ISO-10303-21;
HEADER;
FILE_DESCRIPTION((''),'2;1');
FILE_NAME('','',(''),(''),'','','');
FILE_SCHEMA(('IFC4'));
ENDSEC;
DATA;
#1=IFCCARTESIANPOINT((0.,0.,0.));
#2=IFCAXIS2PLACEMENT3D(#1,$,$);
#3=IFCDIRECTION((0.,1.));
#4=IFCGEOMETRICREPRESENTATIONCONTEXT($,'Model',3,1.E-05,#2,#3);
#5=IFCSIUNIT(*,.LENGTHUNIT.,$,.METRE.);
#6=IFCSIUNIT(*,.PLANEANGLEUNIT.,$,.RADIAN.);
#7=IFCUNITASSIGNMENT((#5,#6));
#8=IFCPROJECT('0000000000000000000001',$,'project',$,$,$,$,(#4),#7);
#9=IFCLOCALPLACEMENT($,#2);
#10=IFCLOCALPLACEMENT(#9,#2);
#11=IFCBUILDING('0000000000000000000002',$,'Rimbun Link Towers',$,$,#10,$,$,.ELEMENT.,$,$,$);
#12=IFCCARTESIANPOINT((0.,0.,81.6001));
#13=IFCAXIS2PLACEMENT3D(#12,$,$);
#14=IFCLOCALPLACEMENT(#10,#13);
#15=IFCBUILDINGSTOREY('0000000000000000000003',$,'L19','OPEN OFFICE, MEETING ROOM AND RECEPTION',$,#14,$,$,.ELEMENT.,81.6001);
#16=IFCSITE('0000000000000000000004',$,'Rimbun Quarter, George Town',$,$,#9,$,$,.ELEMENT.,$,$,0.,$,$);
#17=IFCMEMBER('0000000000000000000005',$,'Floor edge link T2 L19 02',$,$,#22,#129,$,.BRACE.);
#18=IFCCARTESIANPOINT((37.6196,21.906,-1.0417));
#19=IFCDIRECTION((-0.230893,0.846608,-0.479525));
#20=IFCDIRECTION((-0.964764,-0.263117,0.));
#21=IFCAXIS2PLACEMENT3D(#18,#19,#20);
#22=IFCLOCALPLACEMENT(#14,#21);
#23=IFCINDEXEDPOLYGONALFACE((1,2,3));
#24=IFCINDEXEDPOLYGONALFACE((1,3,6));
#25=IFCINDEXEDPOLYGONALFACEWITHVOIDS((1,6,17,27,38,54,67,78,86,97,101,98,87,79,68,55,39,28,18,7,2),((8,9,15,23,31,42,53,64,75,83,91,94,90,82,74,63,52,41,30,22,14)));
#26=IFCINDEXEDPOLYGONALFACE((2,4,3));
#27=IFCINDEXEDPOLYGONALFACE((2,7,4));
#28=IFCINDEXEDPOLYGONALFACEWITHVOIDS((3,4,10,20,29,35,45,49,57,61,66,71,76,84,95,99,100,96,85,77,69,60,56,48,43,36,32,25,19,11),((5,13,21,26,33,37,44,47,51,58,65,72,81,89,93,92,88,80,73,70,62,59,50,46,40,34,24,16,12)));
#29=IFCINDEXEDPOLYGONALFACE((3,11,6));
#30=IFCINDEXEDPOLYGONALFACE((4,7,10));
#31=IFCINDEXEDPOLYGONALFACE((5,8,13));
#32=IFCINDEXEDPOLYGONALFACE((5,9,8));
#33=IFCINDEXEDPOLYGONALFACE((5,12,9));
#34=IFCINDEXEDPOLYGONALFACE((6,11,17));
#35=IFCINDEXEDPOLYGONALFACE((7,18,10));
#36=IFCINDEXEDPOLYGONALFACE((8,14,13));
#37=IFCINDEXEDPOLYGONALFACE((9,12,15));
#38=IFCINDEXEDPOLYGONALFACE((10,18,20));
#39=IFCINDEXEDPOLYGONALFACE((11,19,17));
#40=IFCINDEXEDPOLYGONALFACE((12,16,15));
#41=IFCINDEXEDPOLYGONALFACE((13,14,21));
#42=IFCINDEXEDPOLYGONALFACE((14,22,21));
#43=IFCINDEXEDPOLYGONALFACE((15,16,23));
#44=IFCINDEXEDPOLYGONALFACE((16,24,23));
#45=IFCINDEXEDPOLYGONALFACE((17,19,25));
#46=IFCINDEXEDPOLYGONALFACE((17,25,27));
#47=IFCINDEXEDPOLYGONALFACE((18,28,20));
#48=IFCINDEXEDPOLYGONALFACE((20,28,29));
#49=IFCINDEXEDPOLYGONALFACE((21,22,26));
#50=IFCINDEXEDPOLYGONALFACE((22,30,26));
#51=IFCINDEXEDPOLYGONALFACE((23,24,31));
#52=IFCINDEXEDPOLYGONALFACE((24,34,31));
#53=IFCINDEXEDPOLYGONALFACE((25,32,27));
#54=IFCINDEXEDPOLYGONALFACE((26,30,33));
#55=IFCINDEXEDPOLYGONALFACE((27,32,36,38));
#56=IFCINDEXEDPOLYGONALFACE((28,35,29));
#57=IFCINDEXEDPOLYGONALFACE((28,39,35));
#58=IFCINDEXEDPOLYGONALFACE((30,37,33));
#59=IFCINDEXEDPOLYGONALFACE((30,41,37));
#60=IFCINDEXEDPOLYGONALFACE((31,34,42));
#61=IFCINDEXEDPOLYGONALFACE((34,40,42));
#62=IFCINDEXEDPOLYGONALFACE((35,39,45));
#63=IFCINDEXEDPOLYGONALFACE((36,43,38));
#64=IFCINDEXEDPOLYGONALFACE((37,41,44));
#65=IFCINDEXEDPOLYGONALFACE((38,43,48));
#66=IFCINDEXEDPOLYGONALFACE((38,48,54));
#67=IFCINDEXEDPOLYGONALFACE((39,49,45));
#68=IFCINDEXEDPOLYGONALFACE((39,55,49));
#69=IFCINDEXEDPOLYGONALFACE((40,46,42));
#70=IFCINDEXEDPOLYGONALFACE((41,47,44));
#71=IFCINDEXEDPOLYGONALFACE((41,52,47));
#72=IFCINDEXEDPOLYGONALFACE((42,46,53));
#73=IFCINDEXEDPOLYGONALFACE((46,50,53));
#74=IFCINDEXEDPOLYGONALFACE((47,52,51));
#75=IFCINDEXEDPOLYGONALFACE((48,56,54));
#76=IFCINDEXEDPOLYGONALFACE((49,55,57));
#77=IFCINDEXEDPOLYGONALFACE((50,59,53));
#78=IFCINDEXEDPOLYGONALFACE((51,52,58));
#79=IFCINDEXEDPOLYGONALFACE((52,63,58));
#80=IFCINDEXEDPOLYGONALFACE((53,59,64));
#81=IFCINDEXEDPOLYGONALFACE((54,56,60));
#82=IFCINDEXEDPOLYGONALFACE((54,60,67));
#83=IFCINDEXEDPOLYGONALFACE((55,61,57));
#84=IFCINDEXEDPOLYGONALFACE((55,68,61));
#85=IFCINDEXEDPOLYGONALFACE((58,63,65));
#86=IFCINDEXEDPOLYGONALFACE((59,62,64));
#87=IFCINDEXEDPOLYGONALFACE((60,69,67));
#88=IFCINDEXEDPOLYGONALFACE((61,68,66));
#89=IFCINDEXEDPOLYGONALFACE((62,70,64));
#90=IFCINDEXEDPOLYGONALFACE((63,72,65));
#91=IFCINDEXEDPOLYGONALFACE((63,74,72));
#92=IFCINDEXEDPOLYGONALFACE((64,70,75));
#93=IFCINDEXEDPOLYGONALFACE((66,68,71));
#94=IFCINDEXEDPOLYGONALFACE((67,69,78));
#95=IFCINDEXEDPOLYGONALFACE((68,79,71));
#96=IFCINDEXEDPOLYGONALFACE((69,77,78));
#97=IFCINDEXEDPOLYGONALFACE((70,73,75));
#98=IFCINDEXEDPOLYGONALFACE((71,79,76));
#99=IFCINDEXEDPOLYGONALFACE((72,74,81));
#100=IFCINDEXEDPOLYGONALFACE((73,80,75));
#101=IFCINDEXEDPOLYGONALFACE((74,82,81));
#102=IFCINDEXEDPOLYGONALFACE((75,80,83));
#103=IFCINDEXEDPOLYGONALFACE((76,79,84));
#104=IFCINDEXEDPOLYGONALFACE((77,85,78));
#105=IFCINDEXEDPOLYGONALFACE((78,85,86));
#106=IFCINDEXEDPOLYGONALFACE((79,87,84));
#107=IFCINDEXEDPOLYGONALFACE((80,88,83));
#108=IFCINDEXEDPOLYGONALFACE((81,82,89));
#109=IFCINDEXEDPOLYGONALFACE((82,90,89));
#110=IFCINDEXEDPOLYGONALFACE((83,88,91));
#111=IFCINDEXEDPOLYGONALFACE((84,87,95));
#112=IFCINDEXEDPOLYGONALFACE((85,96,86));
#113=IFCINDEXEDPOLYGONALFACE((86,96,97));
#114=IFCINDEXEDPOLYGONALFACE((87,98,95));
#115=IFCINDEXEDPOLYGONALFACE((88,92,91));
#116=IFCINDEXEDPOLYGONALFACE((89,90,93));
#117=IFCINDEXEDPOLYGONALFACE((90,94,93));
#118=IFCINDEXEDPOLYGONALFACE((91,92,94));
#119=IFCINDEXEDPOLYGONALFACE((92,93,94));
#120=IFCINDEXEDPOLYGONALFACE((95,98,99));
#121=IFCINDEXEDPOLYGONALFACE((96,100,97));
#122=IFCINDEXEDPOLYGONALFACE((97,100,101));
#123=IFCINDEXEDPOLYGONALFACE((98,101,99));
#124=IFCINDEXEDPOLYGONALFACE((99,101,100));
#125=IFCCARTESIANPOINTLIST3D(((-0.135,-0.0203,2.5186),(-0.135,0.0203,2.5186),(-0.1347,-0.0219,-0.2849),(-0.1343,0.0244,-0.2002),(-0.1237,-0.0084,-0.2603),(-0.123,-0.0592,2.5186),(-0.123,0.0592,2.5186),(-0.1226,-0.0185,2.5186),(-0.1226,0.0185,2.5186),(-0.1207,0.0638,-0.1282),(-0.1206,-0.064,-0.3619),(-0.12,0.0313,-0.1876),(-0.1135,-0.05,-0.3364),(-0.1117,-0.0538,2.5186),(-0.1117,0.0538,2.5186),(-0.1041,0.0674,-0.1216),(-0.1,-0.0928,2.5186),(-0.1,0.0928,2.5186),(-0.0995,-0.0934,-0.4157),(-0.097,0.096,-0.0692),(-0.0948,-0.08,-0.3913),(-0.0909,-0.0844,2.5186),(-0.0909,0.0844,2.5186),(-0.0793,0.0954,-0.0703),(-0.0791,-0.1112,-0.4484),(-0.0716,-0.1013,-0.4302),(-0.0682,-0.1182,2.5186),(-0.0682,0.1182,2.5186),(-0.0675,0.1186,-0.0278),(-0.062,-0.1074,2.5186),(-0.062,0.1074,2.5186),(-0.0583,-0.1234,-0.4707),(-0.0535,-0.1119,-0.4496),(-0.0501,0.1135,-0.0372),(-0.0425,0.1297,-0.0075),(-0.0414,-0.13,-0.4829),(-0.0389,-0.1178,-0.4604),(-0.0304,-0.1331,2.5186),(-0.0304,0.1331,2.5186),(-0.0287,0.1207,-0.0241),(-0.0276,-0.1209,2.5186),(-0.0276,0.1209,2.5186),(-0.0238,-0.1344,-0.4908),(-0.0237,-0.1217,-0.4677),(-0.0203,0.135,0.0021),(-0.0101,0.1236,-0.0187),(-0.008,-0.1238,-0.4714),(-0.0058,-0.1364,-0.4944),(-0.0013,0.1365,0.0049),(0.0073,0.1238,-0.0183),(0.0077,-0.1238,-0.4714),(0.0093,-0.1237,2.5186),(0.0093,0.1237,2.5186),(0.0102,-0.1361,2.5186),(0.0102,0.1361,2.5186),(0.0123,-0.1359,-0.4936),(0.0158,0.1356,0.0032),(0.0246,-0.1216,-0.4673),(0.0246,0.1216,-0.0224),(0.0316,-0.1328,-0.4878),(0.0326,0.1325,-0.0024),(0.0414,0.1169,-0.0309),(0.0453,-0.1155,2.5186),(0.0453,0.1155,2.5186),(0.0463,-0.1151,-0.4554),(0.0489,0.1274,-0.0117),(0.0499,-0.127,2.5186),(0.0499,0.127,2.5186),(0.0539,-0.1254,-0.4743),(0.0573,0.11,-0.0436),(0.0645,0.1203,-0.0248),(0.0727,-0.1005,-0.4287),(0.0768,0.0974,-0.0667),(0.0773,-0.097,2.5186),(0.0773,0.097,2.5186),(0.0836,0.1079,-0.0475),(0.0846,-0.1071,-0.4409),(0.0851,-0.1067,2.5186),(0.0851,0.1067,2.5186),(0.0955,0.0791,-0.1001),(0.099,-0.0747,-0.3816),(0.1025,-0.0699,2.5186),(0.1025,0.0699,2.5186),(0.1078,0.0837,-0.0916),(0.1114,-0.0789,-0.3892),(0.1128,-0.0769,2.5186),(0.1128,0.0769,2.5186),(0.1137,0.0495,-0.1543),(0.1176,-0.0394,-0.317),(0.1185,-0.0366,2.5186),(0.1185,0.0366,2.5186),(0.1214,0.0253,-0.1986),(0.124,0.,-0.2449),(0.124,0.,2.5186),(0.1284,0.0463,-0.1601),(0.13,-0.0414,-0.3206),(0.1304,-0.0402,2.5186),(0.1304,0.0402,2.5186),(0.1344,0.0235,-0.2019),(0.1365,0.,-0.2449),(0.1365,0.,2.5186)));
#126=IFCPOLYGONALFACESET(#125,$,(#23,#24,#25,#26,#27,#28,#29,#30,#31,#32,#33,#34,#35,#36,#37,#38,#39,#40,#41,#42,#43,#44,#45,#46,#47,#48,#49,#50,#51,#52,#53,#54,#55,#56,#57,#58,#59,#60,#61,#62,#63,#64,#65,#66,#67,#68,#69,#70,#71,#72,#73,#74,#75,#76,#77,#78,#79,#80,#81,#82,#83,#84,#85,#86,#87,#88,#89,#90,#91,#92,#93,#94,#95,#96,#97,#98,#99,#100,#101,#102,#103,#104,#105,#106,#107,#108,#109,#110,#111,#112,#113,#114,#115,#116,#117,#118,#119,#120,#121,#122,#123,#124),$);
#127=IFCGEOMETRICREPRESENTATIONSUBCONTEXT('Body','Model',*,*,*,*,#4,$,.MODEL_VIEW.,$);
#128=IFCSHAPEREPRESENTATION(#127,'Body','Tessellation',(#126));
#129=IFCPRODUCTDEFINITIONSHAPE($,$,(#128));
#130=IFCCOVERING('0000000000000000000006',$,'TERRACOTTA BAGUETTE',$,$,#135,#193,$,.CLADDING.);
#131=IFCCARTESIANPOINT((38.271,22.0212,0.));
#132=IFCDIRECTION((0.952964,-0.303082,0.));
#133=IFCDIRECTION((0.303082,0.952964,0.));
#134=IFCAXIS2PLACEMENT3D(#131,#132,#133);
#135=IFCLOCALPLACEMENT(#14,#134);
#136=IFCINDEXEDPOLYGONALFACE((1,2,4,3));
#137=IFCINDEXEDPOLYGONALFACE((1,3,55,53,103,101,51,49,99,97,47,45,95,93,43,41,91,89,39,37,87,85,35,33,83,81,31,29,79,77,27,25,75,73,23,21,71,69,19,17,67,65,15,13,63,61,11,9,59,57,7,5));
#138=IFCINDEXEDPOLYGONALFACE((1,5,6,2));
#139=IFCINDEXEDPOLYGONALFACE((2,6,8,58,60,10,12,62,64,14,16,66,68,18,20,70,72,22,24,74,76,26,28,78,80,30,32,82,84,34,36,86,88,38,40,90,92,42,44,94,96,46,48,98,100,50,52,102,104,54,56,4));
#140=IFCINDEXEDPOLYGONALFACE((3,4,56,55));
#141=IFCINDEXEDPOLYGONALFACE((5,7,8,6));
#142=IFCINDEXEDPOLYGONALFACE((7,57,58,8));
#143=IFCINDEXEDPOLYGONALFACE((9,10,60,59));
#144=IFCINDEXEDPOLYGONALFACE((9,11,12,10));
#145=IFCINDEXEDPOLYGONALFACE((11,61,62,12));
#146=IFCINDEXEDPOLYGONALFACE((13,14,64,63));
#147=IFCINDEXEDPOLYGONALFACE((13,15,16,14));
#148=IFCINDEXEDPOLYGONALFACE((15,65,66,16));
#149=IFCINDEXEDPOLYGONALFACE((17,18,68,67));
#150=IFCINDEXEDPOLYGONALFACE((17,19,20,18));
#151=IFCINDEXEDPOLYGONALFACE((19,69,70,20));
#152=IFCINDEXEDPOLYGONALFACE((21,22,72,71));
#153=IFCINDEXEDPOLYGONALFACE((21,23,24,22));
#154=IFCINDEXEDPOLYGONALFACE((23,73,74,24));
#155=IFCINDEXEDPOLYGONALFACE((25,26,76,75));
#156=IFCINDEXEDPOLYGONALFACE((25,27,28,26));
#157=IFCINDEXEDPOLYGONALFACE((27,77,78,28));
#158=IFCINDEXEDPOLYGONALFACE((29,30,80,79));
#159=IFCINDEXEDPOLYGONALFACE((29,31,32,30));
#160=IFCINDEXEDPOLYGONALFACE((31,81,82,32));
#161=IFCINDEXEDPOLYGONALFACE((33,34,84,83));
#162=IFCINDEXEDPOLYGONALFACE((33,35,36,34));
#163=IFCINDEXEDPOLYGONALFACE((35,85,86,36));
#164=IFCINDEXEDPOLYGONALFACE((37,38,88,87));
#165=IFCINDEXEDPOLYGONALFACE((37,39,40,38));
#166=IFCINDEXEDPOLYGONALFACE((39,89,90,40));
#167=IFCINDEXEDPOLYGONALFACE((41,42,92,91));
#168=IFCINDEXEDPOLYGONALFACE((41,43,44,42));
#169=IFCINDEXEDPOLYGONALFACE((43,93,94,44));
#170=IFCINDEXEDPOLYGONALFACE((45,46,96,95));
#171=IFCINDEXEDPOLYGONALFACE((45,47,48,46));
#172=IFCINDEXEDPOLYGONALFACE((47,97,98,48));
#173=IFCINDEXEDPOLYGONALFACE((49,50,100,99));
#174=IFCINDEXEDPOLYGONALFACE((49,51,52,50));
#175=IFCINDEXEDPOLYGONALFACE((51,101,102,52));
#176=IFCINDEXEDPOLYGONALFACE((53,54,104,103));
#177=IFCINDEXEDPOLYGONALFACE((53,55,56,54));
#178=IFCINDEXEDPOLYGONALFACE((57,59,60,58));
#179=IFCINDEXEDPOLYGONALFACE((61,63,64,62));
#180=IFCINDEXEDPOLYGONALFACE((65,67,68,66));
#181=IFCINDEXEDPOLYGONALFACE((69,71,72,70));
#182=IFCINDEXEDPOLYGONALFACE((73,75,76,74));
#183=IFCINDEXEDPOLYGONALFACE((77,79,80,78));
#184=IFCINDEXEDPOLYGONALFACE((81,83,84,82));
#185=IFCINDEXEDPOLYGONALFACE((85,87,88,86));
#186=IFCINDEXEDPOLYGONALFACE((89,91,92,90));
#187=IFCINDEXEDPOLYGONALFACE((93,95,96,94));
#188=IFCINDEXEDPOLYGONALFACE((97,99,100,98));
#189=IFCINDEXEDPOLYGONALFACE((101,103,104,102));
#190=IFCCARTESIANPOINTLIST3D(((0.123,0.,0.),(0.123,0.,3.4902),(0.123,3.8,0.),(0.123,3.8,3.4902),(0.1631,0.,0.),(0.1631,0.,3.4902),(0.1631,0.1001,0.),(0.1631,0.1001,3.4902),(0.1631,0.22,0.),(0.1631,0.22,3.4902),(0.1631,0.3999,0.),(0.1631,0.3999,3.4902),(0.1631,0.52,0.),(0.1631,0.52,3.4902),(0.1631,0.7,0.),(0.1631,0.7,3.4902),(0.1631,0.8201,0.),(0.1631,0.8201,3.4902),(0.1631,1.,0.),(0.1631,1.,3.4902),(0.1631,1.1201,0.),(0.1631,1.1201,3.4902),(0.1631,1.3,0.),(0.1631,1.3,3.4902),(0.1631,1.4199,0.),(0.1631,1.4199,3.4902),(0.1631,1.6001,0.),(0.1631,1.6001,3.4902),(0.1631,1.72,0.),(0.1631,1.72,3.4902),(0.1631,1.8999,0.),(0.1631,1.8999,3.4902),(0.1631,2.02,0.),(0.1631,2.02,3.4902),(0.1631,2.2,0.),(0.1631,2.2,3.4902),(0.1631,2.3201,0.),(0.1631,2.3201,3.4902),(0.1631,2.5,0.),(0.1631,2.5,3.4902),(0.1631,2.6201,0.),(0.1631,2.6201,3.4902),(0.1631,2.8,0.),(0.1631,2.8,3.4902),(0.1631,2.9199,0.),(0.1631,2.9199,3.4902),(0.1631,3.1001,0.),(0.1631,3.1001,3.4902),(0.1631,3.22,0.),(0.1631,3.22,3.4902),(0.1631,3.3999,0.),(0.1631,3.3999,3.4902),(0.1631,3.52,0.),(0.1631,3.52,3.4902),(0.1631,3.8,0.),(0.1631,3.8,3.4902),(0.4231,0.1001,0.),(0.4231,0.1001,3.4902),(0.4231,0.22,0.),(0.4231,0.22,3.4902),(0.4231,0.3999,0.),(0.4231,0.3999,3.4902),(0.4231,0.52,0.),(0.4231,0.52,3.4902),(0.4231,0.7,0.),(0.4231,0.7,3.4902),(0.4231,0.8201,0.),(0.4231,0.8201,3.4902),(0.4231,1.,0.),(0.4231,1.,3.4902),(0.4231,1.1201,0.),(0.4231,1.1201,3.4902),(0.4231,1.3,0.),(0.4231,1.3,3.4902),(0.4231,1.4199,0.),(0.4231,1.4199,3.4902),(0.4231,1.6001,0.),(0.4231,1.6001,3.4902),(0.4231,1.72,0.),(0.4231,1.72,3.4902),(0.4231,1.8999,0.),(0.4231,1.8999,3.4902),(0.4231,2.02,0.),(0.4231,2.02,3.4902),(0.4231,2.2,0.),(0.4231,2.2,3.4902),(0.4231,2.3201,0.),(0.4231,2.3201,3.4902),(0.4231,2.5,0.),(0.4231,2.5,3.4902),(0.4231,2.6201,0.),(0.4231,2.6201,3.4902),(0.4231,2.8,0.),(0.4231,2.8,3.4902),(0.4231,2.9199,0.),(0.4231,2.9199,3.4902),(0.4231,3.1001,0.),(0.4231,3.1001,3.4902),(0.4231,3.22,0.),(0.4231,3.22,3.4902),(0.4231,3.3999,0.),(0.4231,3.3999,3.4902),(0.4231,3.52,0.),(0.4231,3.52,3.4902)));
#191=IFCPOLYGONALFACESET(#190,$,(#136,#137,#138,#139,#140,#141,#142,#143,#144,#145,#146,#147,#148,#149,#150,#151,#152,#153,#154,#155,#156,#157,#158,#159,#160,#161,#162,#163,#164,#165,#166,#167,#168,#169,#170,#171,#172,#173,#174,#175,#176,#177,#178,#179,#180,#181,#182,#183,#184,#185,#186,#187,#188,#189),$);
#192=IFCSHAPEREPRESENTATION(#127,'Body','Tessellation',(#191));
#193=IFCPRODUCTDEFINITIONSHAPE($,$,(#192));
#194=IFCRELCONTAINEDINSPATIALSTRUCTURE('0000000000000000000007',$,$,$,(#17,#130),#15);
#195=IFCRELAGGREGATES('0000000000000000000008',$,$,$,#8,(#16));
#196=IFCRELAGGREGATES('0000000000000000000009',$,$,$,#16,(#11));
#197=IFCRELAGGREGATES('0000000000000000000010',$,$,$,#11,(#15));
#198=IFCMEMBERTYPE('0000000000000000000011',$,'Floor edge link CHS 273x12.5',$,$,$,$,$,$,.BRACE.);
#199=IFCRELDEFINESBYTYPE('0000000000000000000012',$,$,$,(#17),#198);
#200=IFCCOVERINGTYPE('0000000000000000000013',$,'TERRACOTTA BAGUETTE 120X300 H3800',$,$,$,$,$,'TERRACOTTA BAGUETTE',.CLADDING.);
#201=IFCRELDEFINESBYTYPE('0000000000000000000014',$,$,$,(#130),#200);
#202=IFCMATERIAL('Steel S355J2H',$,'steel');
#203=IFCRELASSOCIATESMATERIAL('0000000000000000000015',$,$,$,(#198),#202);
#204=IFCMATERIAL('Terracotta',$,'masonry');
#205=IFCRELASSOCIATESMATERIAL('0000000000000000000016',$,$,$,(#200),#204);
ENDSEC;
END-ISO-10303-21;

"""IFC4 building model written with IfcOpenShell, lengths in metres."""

from ifc_helpers import new_model, si_unit, direction, frame, origin, origin_2d, place, context, subcontext, project, spatial, polyline, hollow_circle, outline, extrude, clip, halfspace, material, material_profile, profile_set, type_object, element, save


model = new_model("IFC4")

# Units and contexts
model_context = context("Model", 3, precision=1e-05, world=origin(), true_north=direction((0.0, 1.0)))
body_context = subcontext(model_context, "Body", "Model", "MODEL_VIEW")
ifc_project = project(units=[si_unit("LENGTHUNIT", "METRE"), si_unit("PLANEANGLEUNIT", "RADIAN")], contexts=[model_context])

# Site, building, storey
site_placement = place(None, origin())
site = spatial("IfcSite", under=ifc_project, at=site_placement, Name="Rimbun Quarter, George Town", CompositionType="ELEMENT", RefElevation=0.0)
building_placement = place(site_placement, origin())
building = spatial("IfcBuilding", under=site, at=building_placement, Name="Rimbun Link Towers", CompositionType="ELEMENT")
storey_placement = place(building_placement, frame((0.0, 0.0, 81.6001)))
storey = spatial("IfcBuildingStorey", under=building, at=storey_placement, Name="L19", Description="OPEN OFFICE, MEETING ROOM AND RECEPTION", CompositionType="ELEMENT", Elevation=81.6001)

# Member
ifc_material_1 = material(Name="Steel S355J2H", Category="steel")
ifc_material_profile_1 = material_profile(ifc_material_1, hollow_circle(Radius=0.1365, WallThickness=0.0125, at=origin_2d()), Name="CHS 273x12.5")
ifc_profile_set_1 = profile_set([ifc_material_profile_1], Name="Steel S355J2H")
member_type_1 = type_object("IfcMemberType", Name="Floor edge link CHS 273x12.5", PredefinedType="BRACE", material=ifc_profile_set_1)
member_1_placement = place(storey_placement, frame((37.6196, 21.906, -1.0417), z_axis=(-0.230893, 0.846608, -0.479525), x_axis=(-0.964764, -0.263117, 0.0)))
element("IfcMember", 1, at=member_1_placement, inside=storey, type_object=member_type_1, Name="Floor edge link T2 L19 02", PredefinedType="BRACE", context=body_context, shape_type="Clipping", body=[
    clip(extrude(hollow_circle(Radius=0.1365, WallThickness=0.0125, at=origin_2d()), frame((0.0, 0.0, -0.5205)), (0.0, 0.0, 1.0), 3.0391), halfspace(frame((0.0, 0.0, -0.2449), z_axis=(0.0, 0.877528, -0.479525)), False)),
])

# Covering
ifc_material_2 = material(Name="Terracotta", Category="masonry")
ifc_material_profile_2 = material_profile(ifc_material_2, outline(polyline([(0.123, 0.0), (0.1631, 0.0), (0.1631, 0.1001), (0.4231, 0.1001), (0.4231, 0.22), (0.1631, 0.22), (0.1631, 0.3999), (0.4231, 0.3999), (0.4231, 0.52), (0.1631, 0.52), (0.1631, 0.7), (0.4231, 0.7), (0.4231, 0.8201), (0.1631, 0.8201), (0.1631, 1.0), (0.4231, 1.0), (0.4231, 1.1201), (0.1631, 1.1201), (0.1631, 1.3), (0.4231, 1.3), (0.4231, 1.4199), (0.1631, 1.4199), (0.1631, 1.6001), (0.4231, 1.6001), (0.4231, 1.72), (0.1631, 1.72), (0.1631, 1.8999), (0.4231, 1.8999), (0.4231, 2.02), (0.1631, 2.02), (0.1631, 2.2), (0.4231, 2.2), (0.4231, 2.3201), (0.1631, 2.3201), (0.1631, 2.5), (0.4231, 2.5), (0.4231, 2.6201), (0.1631, 2.6201), (0.1631, 2.8), (0.4231, 2.8), (0.4231, 2.9199), (0.1631, 2.9199), (0.1631, 3.1001), (0.4231, 3.1001), (0.4231, 3.22), (0.1631, 3.22), (0.1631, 3.3999), (0.4231, 3.3999), (0.4231, 3.52), (0.1631, 3.52), (0.1631, 3.8), (0.123, 3.8), (0.123, 0.0)])), Name="BAGUETTE 120X300")
ifc_profile_set_2 = profile_set([ifc_material_profile_2], Name="Terracotta")
covering_type = type_object("IfcCoveringType", Name="TERRACOTTA BAGUETTE 120X300 H3800", ElementType="TERRACOTTA BAGUETTE", PredefinedType="CLADDING", material=ifc_profile_set_2)
covering_1_placement = place(storey_placement, frame((38.271, 22.0212, 0.0), z_axis=(0.952964, -0.303082, 0.0), x_axis=(0.303082, 0.952964, 0.0)))
element("IfcCovering", 2, at=covering_1_placement, inside=storey, type_object=covering_type, Name="TERRACOTTA BAGUETTE", PredefinedType="CLADDING", context=body_context, shape_type="SweptSolid", body=[
    extrude(outline(polyline([(0.123, 0.0), (0.1631, 0.0), (0.1631, 0.1001), (0.4231, 0.1001), (0.4231, 0.22), (0.1631, 0.22), (0.1631, 0.3999), (0.4231, 0.3999), (0.4231, 0.52), (0.1631, 0.52), (0.1631, 0.7), (0.4231, 0.7), (0.4231, 0.8201), (0.1631, 0.8201), (0.1631, 1.0), (0.4231, 1.0), (0.4231, 1.1201), (0.1631, 1.1201), (0.1631, 1.3), (0.4231, 1.3), (0.4231, 1.4199), (0.1631, 1.4199), (0.1631, 1.6001), (0.4231, 1.6001), (0.4231, 1.72), (0.1631, 1.72), (0.1631, 1.8999), (0.4231, 1.8999), (0.4231, 2.02), (0.1631, 2.02), (0.1631, 2.2), (0.4231, 2.2), (0.4231, 2.3201), (0.1631, 2.3201), (0.1631, 2.5), (0.4231, 2.5), (0.4231, 2.6201), (0.1631, 2.6201), (0.1631, 2.8), (0.4231, 2.8), (0.4231, 2.9199), (0.1631, 2.9199), (0.1631, 3.1001), (0.4231, 3.1001), (0.4231, 3.22), (0.1631, 3.22), (0.1631, 3.3999), (0.4231, 3.3999), (0.4231, 3.52), (0.1631, 3.52), (0.1631, 3.8), (0.123, 3.8), (0.123, 0.0)])), origin(), (0.0, 0.0, 1.0), 3.4902),
])

save(model, "model.ifc")
